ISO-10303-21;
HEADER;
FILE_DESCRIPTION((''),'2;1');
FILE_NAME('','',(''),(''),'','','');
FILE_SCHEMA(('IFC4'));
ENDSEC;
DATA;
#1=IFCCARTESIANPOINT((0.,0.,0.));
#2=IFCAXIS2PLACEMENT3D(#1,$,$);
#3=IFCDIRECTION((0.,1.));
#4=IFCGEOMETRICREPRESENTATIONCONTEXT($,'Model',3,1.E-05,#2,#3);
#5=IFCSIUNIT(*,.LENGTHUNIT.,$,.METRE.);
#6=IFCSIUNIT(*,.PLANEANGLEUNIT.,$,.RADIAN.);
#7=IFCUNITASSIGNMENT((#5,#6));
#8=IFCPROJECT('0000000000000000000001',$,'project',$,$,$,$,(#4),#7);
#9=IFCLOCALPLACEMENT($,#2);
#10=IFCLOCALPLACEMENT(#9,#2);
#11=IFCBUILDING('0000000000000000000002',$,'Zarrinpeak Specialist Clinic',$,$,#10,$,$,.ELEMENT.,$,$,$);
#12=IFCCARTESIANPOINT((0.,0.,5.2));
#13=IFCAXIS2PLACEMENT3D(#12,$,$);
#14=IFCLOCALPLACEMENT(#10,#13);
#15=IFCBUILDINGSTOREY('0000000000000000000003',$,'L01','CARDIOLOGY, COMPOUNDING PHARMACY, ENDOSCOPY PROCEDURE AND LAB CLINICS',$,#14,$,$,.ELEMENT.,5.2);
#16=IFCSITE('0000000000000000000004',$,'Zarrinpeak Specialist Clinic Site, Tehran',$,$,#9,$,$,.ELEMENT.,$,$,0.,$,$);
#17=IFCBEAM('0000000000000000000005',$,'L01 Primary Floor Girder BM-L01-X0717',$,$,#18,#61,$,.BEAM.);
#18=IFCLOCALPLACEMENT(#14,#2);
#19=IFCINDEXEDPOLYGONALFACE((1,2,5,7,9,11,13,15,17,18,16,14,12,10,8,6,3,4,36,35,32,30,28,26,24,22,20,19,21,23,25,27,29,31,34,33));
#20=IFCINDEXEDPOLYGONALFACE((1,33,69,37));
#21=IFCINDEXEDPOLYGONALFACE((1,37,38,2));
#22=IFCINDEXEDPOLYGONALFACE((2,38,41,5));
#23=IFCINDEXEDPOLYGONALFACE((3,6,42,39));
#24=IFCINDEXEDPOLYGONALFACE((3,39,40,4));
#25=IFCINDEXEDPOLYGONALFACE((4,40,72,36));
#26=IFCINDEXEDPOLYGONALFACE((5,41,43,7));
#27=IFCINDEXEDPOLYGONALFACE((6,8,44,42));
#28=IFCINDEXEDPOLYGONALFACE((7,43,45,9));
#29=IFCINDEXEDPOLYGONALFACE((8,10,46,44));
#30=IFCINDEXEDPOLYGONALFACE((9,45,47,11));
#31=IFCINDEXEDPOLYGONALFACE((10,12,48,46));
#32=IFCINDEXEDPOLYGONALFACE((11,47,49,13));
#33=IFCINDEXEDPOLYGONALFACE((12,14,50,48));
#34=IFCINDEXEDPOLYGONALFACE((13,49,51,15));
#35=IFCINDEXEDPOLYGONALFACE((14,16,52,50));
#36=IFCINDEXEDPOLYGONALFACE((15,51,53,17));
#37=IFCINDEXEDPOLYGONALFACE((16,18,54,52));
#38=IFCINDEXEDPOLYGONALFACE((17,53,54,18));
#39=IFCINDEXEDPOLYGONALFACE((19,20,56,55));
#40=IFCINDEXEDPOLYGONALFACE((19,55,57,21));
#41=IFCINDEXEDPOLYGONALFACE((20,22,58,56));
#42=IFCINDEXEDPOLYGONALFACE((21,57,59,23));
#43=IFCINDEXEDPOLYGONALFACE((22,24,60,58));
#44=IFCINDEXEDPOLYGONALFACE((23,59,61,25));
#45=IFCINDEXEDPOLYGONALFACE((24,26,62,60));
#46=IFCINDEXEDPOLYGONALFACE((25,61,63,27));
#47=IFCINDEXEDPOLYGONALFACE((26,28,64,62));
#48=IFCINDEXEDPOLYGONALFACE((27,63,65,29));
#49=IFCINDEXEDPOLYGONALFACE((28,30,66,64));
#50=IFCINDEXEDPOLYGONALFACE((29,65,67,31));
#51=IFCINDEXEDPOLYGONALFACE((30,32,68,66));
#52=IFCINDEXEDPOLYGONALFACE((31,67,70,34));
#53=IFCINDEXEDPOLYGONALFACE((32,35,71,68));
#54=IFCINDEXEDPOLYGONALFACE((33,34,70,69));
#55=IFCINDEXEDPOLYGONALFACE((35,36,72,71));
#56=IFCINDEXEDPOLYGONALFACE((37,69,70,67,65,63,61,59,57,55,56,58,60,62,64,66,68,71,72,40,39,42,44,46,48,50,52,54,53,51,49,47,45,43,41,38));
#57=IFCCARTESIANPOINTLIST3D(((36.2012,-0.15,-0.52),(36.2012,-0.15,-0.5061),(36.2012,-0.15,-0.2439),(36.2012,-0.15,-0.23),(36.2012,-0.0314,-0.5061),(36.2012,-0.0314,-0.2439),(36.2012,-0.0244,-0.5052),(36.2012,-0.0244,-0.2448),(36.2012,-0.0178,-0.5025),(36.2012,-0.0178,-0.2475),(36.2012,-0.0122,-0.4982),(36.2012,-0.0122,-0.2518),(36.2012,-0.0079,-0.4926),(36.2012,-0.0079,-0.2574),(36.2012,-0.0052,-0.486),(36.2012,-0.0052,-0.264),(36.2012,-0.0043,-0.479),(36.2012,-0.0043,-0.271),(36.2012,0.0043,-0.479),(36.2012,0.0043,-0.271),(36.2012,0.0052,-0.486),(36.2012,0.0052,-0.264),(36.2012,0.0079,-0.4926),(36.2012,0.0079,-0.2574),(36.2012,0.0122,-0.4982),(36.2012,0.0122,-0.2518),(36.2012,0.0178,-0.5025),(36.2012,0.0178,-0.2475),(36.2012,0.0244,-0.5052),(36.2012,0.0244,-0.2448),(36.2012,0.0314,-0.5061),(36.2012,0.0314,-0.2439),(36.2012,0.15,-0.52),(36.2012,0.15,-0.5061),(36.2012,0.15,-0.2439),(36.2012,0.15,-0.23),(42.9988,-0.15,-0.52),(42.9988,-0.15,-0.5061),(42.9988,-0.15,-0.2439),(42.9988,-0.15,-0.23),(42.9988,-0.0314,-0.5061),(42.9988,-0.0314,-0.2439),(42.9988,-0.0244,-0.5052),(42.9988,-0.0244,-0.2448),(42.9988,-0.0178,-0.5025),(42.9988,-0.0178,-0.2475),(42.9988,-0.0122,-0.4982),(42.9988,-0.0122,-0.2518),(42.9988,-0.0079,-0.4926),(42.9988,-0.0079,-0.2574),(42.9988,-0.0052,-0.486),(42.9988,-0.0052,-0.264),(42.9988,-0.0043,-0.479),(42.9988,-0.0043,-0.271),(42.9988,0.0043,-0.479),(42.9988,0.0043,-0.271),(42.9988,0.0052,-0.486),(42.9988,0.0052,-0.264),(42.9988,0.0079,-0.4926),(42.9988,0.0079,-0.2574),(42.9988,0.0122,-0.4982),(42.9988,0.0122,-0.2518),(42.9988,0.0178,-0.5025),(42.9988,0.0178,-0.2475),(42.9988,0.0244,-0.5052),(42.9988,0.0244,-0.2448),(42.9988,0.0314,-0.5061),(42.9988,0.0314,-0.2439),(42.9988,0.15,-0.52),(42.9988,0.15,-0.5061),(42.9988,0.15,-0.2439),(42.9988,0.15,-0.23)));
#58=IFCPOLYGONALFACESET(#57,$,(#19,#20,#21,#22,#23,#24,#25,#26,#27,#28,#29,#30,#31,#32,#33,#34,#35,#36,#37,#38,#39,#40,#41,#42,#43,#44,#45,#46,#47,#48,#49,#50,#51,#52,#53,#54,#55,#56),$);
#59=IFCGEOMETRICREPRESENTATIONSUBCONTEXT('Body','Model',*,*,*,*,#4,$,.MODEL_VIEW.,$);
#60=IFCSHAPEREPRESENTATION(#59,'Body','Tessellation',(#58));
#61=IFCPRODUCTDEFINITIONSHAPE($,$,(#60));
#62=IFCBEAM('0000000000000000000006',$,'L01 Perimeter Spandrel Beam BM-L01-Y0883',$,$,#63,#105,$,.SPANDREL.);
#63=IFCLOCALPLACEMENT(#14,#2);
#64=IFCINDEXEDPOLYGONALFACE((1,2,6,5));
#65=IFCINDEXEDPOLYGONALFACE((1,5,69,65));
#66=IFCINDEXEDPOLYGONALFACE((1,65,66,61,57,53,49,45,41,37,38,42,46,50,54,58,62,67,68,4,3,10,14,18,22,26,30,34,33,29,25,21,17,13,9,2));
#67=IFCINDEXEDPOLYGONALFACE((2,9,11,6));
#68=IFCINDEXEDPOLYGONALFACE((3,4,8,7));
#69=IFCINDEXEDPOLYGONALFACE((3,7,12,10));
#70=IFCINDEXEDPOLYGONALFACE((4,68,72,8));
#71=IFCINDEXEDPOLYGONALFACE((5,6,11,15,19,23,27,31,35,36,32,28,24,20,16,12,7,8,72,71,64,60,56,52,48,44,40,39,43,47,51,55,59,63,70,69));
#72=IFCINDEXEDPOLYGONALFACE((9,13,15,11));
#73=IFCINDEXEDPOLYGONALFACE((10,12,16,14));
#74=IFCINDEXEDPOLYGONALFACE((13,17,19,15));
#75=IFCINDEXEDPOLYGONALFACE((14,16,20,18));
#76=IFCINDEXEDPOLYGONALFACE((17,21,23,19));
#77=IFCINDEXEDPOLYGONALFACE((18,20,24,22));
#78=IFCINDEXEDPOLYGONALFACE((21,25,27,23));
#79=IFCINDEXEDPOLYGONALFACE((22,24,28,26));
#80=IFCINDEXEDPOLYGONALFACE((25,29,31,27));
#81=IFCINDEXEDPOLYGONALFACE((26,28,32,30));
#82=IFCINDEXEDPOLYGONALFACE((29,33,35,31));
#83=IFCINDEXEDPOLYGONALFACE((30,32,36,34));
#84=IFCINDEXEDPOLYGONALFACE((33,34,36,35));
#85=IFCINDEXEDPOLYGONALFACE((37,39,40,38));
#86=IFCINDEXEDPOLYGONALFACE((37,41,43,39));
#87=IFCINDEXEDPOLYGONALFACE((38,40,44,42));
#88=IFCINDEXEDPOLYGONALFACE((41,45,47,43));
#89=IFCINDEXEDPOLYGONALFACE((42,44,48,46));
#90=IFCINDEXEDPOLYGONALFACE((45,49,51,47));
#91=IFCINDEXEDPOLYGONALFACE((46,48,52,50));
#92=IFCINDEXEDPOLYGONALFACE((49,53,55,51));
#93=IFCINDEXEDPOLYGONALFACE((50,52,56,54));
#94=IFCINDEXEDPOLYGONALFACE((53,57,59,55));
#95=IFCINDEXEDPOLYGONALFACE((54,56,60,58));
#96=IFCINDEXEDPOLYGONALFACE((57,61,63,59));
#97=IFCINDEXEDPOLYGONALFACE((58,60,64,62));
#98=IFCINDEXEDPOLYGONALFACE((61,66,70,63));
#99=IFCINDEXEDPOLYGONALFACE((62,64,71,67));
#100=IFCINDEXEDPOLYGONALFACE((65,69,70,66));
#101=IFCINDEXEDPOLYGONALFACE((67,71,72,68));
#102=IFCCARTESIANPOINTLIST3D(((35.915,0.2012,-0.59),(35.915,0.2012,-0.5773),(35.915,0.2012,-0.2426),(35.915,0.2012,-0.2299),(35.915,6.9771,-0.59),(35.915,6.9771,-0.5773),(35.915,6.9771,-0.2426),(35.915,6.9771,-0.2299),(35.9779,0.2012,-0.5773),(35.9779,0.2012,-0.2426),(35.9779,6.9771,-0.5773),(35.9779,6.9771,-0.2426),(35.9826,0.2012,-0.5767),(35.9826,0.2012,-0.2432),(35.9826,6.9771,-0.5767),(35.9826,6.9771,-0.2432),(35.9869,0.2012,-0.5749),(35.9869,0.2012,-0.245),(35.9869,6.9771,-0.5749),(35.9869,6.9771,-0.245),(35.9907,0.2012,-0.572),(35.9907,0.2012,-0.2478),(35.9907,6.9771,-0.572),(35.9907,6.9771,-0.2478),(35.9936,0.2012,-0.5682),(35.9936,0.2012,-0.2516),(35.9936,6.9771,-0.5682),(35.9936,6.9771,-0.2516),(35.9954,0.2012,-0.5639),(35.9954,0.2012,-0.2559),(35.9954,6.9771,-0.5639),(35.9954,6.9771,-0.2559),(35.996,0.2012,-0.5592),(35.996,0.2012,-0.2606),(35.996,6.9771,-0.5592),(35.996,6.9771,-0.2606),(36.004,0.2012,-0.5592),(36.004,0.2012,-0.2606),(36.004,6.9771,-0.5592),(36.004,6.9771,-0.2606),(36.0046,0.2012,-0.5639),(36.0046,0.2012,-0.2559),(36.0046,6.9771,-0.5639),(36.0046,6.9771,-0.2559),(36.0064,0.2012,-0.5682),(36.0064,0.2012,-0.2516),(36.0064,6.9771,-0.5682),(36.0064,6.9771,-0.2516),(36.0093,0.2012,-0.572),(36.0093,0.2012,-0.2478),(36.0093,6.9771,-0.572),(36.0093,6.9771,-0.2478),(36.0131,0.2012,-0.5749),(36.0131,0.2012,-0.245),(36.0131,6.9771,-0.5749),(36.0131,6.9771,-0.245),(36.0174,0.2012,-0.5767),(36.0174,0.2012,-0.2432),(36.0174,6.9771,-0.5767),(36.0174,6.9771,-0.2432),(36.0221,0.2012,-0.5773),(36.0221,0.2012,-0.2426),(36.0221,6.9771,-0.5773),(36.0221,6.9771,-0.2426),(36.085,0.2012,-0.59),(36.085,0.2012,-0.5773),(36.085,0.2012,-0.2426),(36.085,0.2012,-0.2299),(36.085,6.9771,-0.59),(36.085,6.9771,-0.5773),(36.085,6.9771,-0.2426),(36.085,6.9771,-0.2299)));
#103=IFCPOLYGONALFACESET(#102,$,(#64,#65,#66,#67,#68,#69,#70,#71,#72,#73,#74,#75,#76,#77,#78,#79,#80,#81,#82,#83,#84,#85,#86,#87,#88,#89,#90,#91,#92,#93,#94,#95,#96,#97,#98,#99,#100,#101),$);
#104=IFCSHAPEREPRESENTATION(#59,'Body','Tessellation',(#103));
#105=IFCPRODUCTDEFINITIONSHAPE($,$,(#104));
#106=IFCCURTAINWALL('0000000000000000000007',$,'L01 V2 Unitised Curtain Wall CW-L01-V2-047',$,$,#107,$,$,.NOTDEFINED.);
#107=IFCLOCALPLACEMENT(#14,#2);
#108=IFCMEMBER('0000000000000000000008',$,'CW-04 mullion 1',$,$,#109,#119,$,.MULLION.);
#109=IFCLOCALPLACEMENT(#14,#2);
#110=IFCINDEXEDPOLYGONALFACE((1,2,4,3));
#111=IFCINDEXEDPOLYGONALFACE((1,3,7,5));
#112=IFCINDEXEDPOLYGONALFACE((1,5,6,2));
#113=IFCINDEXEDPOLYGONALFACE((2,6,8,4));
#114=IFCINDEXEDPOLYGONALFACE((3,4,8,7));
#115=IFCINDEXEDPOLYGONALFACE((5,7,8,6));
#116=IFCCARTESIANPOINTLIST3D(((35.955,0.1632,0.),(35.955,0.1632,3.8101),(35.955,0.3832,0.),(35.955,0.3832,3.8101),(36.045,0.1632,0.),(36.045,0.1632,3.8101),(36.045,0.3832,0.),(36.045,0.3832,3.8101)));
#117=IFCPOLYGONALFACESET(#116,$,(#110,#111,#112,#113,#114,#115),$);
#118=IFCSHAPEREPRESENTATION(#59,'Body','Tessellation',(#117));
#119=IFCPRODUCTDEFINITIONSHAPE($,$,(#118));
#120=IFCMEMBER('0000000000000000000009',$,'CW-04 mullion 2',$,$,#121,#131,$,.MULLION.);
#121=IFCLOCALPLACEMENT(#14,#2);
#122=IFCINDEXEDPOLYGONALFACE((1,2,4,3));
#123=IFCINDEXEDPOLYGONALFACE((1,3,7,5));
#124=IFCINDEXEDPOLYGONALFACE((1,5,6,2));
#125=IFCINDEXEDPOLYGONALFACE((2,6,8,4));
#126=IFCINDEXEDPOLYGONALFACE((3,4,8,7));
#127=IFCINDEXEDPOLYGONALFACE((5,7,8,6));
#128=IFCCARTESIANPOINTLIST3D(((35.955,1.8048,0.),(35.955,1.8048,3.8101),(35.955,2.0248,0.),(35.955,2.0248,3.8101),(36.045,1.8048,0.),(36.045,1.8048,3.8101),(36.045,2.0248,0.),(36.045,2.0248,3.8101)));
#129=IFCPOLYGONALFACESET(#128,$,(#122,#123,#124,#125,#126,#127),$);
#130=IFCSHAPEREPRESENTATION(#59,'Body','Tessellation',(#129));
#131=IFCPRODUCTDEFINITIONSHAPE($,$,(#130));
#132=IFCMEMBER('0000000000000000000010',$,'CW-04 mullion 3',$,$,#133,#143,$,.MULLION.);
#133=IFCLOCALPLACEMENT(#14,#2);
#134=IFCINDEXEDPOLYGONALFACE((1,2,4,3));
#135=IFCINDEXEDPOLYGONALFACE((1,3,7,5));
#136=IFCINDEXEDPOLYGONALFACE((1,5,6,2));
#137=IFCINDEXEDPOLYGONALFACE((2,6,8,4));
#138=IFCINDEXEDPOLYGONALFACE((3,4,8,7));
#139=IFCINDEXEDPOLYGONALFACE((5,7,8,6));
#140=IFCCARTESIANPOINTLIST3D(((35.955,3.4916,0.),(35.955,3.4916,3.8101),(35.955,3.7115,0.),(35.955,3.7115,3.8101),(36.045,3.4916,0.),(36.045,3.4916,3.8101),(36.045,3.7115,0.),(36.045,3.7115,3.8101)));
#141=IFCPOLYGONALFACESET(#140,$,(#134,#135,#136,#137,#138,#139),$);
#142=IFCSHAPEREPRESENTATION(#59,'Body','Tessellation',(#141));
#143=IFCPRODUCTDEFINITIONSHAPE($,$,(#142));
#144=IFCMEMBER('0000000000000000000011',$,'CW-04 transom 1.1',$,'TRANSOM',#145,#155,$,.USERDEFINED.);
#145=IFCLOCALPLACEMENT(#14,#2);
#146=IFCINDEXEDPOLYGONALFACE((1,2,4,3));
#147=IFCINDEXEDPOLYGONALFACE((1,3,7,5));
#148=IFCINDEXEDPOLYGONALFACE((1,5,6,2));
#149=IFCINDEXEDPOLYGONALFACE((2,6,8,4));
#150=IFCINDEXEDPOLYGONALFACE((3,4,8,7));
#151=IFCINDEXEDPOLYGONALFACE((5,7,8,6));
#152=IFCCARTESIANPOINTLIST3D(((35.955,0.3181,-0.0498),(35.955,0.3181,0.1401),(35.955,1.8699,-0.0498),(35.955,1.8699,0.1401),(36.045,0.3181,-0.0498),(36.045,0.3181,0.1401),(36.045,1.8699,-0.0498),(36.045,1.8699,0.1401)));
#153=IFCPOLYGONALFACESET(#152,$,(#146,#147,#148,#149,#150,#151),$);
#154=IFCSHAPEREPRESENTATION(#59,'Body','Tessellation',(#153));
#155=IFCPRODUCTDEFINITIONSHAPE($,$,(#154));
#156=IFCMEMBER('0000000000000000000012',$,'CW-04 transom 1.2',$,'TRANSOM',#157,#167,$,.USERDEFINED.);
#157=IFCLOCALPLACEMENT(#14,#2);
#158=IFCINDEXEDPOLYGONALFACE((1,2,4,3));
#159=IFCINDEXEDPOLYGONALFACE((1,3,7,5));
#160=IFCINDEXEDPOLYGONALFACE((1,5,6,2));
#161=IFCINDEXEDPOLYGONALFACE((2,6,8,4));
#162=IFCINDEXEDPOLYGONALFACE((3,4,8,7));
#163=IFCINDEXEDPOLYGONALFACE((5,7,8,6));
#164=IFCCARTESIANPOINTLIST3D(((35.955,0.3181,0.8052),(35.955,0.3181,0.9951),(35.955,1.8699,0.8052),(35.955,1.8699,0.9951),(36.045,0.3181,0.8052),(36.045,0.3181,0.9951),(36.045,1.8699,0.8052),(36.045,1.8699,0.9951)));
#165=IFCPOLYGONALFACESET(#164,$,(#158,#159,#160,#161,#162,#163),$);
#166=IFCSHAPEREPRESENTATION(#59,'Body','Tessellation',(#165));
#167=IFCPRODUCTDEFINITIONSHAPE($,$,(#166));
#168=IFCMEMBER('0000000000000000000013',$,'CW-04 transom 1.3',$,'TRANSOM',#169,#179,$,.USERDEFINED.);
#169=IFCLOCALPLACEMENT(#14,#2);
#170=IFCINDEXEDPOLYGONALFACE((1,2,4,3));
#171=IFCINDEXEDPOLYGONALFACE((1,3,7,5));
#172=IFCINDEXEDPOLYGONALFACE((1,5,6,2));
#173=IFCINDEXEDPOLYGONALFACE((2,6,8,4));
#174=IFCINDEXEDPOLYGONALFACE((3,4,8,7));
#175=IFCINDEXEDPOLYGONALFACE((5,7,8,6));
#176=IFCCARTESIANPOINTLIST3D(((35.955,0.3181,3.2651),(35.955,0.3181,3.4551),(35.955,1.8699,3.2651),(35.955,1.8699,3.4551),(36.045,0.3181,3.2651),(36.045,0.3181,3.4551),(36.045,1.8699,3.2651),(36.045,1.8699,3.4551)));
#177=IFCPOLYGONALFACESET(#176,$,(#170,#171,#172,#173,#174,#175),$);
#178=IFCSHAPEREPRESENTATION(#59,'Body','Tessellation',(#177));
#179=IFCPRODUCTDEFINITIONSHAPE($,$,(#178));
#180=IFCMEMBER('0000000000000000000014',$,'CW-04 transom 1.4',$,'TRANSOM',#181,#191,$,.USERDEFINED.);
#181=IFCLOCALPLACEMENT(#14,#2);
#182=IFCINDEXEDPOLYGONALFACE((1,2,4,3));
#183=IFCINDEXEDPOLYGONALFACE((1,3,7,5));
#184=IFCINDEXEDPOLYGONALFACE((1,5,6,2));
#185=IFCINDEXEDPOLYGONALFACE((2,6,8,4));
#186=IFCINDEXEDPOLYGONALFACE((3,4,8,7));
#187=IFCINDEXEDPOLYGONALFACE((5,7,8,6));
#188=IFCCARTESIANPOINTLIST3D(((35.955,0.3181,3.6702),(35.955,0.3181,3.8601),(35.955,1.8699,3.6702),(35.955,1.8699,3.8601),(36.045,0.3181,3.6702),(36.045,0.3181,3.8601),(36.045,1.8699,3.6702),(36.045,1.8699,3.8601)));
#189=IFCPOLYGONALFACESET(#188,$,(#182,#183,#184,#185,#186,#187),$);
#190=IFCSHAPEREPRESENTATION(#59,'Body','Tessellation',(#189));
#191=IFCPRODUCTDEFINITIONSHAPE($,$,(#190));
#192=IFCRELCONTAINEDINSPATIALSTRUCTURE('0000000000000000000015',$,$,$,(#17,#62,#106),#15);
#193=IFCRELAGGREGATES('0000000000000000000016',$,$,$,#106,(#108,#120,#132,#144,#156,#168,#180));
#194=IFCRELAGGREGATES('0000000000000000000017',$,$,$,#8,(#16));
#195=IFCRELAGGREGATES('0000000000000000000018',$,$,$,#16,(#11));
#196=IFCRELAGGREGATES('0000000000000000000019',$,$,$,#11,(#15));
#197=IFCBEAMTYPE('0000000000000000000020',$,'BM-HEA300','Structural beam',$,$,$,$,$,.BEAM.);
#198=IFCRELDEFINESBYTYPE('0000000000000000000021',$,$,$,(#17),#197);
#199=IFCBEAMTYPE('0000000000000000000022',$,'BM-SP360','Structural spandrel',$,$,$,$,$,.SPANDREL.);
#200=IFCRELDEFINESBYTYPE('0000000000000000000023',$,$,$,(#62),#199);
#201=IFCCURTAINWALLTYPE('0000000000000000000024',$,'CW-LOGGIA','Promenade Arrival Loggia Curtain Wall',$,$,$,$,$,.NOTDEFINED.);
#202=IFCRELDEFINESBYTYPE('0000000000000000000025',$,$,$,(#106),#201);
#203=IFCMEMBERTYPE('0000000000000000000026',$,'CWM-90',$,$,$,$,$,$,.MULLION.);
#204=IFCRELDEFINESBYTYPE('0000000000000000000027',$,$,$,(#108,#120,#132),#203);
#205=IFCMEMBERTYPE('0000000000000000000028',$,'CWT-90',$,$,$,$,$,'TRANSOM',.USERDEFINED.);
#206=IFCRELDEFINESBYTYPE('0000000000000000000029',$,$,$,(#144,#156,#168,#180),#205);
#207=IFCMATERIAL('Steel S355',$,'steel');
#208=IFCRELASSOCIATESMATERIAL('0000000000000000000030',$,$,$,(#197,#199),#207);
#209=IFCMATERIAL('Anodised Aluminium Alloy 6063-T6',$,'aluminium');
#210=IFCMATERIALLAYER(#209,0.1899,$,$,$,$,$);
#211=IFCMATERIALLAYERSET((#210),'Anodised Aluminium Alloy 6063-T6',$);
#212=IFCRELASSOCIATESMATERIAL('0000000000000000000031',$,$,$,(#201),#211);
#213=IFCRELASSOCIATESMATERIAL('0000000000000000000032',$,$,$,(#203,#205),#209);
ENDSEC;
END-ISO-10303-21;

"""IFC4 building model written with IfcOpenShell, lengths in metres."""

from ifc_helpers import new_model, si_unit, direction, frame, origin, origin_2d, place, context, subcontext, project, spatial, rectangle, i_section, extrude, material, layer, layer_set, material_profile, profile_set, type_object, element, aggregate, save


model = new_model("IFC4")

# Units and contexts
model_context = context("Model", 3, precision=1e-05, world=origin(), true_north=direction((0.0, 1.0)))
body_context = subcontext(model_context, "Body", "Model", "MODEL_VIEW")
ifc_project = project(units=[si_unit("LENGTHUNIT", "METRE"), si_unit("PLANEANGLEUNIT", "RADIAN")], contexts=[model_context])

# Site, building, storey
site_placement = place(None, origin())
site = spatial("IfcSite", under=ifc_project, at=site_placement, Name="Zarrinpeak Specialist Clinic Site, Tehran", CompositionType="ELEMENT", RefElevation=0.0)
building_placement = place(site_placement, origin())
building = spatial("IfcBuilding", under=site, at=building_placement, Name="Zarrinpeak Specialist Clinic", CompositionType="ELEMENT")
storey_placement = place(building_placement, frame((0.0, 0.0, 5.2)))
storey = spatial("IfcBuildingStorey", under=building, at=storey_placement, Name="L01", Description="CARDIOLOGY, COMPOUNDING PHARMACY, ENDOSCOPY PROCEDURE AND LAB CLINICS", CompositionType="ELEMENT", Elevation=5.2)

# Shared definitions
ifc_material_1 = material(Name="Steel S355", Category="steel")

# Beams
ifc_material_profile_1 = material_profile(ifc_material_1, i_section(OverallWidth=0.3, OverallDepth=0.29, WebThickness=0.0085, FlangeThickness=0.0139, FilletRadius=0.0271, at=origin_2d()), Name="HEA 300")
ifc_profile_set_1 = profile_set([ifc_material_profile_1], Name="Steel S355")
beam_type_1 = type_object("IfcBeamType", Name="BM-HEA300", Description="Structural beam", PredefinedType="BEAM", material=ifc_profile_set_1)
beam_1_placement = place(storey_placement, frame((36.2012, 0.0, -0.375), z_axis=(1.0, 0.0, 0.0), x_axis=(0.0, 1.0, 0.0)))
element("IfcBeam", 1, at=beam_1_placement, inside=storey, type_object=beam_type_1, Name="L01 Primary Floor Girder BM-L01-X0717", PredefinedType="BEAM", context=body_context, shape_type="SweptSolid", body=[
    extrude(i_section(OverallWidth=0.3, OverallDepth=0.29, WebThickness=0.0085, FlangeThickness=0.0139, FilletRadius=0.0271, at=origin_2d()), origin(), (0.0, 0.0, 1.0), 6.7976),
])
ifc_material_profile_2 = material_profile(ifc_material_1, i_section(OverallWidth=0.1699, OverallDepth=0.3601, WebThickness=0.0081, FlangeThickness=0.0127, FilletRadius=0.0181, at=origin_2d()), Name="IPE 360")
ifc_profile_set_2 = profile_set([ifc_material_profile_2], Name="Steel S355")
beam_type_2 = type_object("IfcBeamType", Name="BM-SP360", Description="Structural spandrel", PredefinedType="SPANDREL", material=ifc_profile_set_2)
beam_2_placement = place(storey_placement, frame((36.0, 0.2012, -0.4099), z_axis=(0.0, 1.0, 0.0), x_axis=(-1.0, 0.0, 0.0)))
element("IfcBeam", 2, at=beam_2_placement, inside=storey, type_object=beam_type_2, Name="L01 Perimeter Spandrel Beam BM-L01-Y0883", PredefinedType="SPANDREL", context=body_context, shape_type="SweptSolid", body=[
    extrude(i_section(OverallWidth=0.1699, OverallDepth=0.3601, WebThickness=0.0081, FlangeThickness=0.0127, FilletRadius=0.0181, at=origin_2d()), origin(), (0.0, 0.0, 1.0), 6.7759),
])

# Curtain wall, members
ifc_material_2 = material(Name="Anodised Aluminium Alloy 6063-T6", Category="aluminium")
ifc_layer_1 = layer(ifc_material_2, 0.1899)
ifc_layer_set_1 = layer_set([ifc_layer_1], Name="Anodised Aluminium Alloy 6063-T6")
curtain_wall_type = type_object("IfcCurtainWallType", Name="CW-LOGGIA", Description="Promenade Arrival Loggia Curtain Wall", PredefinedType="NOTDEFINED", material=ifc_layer_set_1)
curtain_wall_placement = place(storey_placement, origin())
curtain_wall = element("IfcCurtainWall", 3, at=curtain_wall_placement, inside=storey, type_object=curtain_wall_type, Name="L01 V2 Unitised Curtain Wall CW-L01-V2-047", PredefinedType="NOTDEFINED")
ifc_material_profile_3 = material_profile(ifc_material_2, rectangle(XDim=0.0901, YDim=0.22, at=origin_2d()), Name="ALU 90x220")
ifc_profile_set_3 = profile_set([ifc_material_profile_3], Name="Anodised Aluminium Alloy 6063-T6")
member_type_1 = type_object("IfcMemberType", Name="CWM-90", PredefinedType="MULLION", material=ifc_profile_set_3)
member_1_placement = place(storey_placement, frame((36.0, 0.2732, 0.0), z_axis=(0.0, 0.0, 1.0), x_axis=(-1.0, 0.0, 0.0)))
member_1 = element("IfcMember", 4, at=member_1_placement, type_object=member_type_1, Name="CW-04 mullion 1", PredefinedType="MULLION", context=body_context, shape_type="SweptSolid", body=[
    extrude(rectangle(XDim=0.0901, YDim=0.22, at=origin_2d()), origin(), (0.0, 0.0, 1.0), 3.8101),
])
member_2_placement = place(storey_placement, frame((36.0, 1.9148, 0.0), z_axis=(0.0, 0.0, 1.0), x_axis=(-1.0, 0.0, 0.0)))
member_2 = element("IfcMember", 5, at=member_2_placement, type_object=member_type_1, Name="CW-04 mullion 2", PredefinedType="MULLION", context=body_context, shape_type="SweptSolid", body=[
    extrude(rectangle(XDim=0.0901, YDim=0.22, at=origin_2d()), origin(), (0.0, 0.0, 1.0), 3.8101),
])
member_3_placement = place(storey_placement, frame((36.0, 3.6016, 0.0), z_axis=(0.0, 0.0, 1.0), x_axis=(-1.0, 0.0, 0.0)))
member_3 = element("IfcMember", 6, at=member_3_placement, type_object=member_type_1, Name="CW-04 mullion 3", PredefinedType="MULLION", context=body_context, shape_type="SweptSolid", body=[
    extrude(rectangle(XDim=0.0901, YDim=0.22, at=origin_2d()), origin(), (0.0, 0.0, 1.0), 3.8101),
])
ifc_material_profile_4 = material_profile(ifc_material_2, rectangle(XDim=0.0901, YDim=0.1899, at=origin_2d()), Name="ALU 90x190")
ifc_profile_set_4 = profile_set([ifc_material_profile_4], Name="Anodised Aluminium Alloy 6063-T6")
member_type_2 = type_object("IfcMemberType", Name="CWT-90", ElementType="TRANSOM", PredefinedType="USERDEFINED", material=ifc_profile_set_4)
member_4_placement = place(storey_placement, frame((36.0, 0.3181, 0.0452), z_axis=(0.0, 1.0, 0.0), x_axis=(-1.0, 0.0, 0.0)))
member_4 = element("IfcMember", 7, at=member_4_placement, type_object=member_type_2, Name="CW-04 transom 1.1", ObjectType="TRANSOM", PredefinedType="USERDEFINED", context=body_context, shape_type="SweptSolid", body=[
    extrude(rectangle(XDim=0.0901, YDim=0.1899, at=origin_2d()), origin(), (0.0, 0.0, 1.0), 1.5518),
])
member_5_placement = place(storey_placement, frame((36.0, 0.3181, 0.9001), z_axis=(0.0, 1.0, 0.0), x_axis=(-1.0, 0.0, 0.0)))
member_5 = element("IfcMember", 8, at=member_5_placement, type_object=member_type_2, Name="CW-04 transom 1.2", ObjectType="TRANSOM", PredefinedType="USERDEFINED", context=body_context, shape_type="SweptSolid", body=[
    extrude(rectangle(XDim=0.0901, YDim=0.1899, at=origin_2d()), origin(), (0.0, 0.0, 1.0), 1.5518),
])
member_6_placement = place(storey_placement, frame((36.0, 0.3181, 3.3601), z_axis=(0.0, 1.0, 0.0), x_axis=(-1.0, 0.0, 0.0)))
member_6 = element("IfcMember", 9, at=member_6_placement, type_object=member_type_2, Name="CW-04 transom 1.3", ObjectType="TRANSOM", PredefinedType="USERDEFINED", context=body_context, shape_type="SweptSolid", body=[
    extrude(rectangle(XDim=0.0901, YDim=0.1899, at=origin_2d()), origin(), (0.0, 0.0, 1.0), 1.5518),
])
member_7_placement = place(storey_placement, frame((36.0, 0.3181, 3.7651), z_axis=(0.0, 1.0, 0.0), x_axis=(-1.0, 0.0, 0.0)))
member_7 = element("IfcMember", 10, at=member_7_placement, type_object=member_type_2, Name="CW-04 transom 1.4", ObjectType="TRANSOM", PredefinedType="USERDEFINED", context=body_context, shape_type="SweptSolid", body=[
    extrude(rectangle(XDim=0.0901, YDim=0.1899, at=origin_2d()), origin(), (0.0, 0.0, 1.0), 1.5518),
])
aggregate(curtain_wall, [member_1, member_2, member_3, member_4, member_5, member_6, member_7])

save(model, "model.ifc")
